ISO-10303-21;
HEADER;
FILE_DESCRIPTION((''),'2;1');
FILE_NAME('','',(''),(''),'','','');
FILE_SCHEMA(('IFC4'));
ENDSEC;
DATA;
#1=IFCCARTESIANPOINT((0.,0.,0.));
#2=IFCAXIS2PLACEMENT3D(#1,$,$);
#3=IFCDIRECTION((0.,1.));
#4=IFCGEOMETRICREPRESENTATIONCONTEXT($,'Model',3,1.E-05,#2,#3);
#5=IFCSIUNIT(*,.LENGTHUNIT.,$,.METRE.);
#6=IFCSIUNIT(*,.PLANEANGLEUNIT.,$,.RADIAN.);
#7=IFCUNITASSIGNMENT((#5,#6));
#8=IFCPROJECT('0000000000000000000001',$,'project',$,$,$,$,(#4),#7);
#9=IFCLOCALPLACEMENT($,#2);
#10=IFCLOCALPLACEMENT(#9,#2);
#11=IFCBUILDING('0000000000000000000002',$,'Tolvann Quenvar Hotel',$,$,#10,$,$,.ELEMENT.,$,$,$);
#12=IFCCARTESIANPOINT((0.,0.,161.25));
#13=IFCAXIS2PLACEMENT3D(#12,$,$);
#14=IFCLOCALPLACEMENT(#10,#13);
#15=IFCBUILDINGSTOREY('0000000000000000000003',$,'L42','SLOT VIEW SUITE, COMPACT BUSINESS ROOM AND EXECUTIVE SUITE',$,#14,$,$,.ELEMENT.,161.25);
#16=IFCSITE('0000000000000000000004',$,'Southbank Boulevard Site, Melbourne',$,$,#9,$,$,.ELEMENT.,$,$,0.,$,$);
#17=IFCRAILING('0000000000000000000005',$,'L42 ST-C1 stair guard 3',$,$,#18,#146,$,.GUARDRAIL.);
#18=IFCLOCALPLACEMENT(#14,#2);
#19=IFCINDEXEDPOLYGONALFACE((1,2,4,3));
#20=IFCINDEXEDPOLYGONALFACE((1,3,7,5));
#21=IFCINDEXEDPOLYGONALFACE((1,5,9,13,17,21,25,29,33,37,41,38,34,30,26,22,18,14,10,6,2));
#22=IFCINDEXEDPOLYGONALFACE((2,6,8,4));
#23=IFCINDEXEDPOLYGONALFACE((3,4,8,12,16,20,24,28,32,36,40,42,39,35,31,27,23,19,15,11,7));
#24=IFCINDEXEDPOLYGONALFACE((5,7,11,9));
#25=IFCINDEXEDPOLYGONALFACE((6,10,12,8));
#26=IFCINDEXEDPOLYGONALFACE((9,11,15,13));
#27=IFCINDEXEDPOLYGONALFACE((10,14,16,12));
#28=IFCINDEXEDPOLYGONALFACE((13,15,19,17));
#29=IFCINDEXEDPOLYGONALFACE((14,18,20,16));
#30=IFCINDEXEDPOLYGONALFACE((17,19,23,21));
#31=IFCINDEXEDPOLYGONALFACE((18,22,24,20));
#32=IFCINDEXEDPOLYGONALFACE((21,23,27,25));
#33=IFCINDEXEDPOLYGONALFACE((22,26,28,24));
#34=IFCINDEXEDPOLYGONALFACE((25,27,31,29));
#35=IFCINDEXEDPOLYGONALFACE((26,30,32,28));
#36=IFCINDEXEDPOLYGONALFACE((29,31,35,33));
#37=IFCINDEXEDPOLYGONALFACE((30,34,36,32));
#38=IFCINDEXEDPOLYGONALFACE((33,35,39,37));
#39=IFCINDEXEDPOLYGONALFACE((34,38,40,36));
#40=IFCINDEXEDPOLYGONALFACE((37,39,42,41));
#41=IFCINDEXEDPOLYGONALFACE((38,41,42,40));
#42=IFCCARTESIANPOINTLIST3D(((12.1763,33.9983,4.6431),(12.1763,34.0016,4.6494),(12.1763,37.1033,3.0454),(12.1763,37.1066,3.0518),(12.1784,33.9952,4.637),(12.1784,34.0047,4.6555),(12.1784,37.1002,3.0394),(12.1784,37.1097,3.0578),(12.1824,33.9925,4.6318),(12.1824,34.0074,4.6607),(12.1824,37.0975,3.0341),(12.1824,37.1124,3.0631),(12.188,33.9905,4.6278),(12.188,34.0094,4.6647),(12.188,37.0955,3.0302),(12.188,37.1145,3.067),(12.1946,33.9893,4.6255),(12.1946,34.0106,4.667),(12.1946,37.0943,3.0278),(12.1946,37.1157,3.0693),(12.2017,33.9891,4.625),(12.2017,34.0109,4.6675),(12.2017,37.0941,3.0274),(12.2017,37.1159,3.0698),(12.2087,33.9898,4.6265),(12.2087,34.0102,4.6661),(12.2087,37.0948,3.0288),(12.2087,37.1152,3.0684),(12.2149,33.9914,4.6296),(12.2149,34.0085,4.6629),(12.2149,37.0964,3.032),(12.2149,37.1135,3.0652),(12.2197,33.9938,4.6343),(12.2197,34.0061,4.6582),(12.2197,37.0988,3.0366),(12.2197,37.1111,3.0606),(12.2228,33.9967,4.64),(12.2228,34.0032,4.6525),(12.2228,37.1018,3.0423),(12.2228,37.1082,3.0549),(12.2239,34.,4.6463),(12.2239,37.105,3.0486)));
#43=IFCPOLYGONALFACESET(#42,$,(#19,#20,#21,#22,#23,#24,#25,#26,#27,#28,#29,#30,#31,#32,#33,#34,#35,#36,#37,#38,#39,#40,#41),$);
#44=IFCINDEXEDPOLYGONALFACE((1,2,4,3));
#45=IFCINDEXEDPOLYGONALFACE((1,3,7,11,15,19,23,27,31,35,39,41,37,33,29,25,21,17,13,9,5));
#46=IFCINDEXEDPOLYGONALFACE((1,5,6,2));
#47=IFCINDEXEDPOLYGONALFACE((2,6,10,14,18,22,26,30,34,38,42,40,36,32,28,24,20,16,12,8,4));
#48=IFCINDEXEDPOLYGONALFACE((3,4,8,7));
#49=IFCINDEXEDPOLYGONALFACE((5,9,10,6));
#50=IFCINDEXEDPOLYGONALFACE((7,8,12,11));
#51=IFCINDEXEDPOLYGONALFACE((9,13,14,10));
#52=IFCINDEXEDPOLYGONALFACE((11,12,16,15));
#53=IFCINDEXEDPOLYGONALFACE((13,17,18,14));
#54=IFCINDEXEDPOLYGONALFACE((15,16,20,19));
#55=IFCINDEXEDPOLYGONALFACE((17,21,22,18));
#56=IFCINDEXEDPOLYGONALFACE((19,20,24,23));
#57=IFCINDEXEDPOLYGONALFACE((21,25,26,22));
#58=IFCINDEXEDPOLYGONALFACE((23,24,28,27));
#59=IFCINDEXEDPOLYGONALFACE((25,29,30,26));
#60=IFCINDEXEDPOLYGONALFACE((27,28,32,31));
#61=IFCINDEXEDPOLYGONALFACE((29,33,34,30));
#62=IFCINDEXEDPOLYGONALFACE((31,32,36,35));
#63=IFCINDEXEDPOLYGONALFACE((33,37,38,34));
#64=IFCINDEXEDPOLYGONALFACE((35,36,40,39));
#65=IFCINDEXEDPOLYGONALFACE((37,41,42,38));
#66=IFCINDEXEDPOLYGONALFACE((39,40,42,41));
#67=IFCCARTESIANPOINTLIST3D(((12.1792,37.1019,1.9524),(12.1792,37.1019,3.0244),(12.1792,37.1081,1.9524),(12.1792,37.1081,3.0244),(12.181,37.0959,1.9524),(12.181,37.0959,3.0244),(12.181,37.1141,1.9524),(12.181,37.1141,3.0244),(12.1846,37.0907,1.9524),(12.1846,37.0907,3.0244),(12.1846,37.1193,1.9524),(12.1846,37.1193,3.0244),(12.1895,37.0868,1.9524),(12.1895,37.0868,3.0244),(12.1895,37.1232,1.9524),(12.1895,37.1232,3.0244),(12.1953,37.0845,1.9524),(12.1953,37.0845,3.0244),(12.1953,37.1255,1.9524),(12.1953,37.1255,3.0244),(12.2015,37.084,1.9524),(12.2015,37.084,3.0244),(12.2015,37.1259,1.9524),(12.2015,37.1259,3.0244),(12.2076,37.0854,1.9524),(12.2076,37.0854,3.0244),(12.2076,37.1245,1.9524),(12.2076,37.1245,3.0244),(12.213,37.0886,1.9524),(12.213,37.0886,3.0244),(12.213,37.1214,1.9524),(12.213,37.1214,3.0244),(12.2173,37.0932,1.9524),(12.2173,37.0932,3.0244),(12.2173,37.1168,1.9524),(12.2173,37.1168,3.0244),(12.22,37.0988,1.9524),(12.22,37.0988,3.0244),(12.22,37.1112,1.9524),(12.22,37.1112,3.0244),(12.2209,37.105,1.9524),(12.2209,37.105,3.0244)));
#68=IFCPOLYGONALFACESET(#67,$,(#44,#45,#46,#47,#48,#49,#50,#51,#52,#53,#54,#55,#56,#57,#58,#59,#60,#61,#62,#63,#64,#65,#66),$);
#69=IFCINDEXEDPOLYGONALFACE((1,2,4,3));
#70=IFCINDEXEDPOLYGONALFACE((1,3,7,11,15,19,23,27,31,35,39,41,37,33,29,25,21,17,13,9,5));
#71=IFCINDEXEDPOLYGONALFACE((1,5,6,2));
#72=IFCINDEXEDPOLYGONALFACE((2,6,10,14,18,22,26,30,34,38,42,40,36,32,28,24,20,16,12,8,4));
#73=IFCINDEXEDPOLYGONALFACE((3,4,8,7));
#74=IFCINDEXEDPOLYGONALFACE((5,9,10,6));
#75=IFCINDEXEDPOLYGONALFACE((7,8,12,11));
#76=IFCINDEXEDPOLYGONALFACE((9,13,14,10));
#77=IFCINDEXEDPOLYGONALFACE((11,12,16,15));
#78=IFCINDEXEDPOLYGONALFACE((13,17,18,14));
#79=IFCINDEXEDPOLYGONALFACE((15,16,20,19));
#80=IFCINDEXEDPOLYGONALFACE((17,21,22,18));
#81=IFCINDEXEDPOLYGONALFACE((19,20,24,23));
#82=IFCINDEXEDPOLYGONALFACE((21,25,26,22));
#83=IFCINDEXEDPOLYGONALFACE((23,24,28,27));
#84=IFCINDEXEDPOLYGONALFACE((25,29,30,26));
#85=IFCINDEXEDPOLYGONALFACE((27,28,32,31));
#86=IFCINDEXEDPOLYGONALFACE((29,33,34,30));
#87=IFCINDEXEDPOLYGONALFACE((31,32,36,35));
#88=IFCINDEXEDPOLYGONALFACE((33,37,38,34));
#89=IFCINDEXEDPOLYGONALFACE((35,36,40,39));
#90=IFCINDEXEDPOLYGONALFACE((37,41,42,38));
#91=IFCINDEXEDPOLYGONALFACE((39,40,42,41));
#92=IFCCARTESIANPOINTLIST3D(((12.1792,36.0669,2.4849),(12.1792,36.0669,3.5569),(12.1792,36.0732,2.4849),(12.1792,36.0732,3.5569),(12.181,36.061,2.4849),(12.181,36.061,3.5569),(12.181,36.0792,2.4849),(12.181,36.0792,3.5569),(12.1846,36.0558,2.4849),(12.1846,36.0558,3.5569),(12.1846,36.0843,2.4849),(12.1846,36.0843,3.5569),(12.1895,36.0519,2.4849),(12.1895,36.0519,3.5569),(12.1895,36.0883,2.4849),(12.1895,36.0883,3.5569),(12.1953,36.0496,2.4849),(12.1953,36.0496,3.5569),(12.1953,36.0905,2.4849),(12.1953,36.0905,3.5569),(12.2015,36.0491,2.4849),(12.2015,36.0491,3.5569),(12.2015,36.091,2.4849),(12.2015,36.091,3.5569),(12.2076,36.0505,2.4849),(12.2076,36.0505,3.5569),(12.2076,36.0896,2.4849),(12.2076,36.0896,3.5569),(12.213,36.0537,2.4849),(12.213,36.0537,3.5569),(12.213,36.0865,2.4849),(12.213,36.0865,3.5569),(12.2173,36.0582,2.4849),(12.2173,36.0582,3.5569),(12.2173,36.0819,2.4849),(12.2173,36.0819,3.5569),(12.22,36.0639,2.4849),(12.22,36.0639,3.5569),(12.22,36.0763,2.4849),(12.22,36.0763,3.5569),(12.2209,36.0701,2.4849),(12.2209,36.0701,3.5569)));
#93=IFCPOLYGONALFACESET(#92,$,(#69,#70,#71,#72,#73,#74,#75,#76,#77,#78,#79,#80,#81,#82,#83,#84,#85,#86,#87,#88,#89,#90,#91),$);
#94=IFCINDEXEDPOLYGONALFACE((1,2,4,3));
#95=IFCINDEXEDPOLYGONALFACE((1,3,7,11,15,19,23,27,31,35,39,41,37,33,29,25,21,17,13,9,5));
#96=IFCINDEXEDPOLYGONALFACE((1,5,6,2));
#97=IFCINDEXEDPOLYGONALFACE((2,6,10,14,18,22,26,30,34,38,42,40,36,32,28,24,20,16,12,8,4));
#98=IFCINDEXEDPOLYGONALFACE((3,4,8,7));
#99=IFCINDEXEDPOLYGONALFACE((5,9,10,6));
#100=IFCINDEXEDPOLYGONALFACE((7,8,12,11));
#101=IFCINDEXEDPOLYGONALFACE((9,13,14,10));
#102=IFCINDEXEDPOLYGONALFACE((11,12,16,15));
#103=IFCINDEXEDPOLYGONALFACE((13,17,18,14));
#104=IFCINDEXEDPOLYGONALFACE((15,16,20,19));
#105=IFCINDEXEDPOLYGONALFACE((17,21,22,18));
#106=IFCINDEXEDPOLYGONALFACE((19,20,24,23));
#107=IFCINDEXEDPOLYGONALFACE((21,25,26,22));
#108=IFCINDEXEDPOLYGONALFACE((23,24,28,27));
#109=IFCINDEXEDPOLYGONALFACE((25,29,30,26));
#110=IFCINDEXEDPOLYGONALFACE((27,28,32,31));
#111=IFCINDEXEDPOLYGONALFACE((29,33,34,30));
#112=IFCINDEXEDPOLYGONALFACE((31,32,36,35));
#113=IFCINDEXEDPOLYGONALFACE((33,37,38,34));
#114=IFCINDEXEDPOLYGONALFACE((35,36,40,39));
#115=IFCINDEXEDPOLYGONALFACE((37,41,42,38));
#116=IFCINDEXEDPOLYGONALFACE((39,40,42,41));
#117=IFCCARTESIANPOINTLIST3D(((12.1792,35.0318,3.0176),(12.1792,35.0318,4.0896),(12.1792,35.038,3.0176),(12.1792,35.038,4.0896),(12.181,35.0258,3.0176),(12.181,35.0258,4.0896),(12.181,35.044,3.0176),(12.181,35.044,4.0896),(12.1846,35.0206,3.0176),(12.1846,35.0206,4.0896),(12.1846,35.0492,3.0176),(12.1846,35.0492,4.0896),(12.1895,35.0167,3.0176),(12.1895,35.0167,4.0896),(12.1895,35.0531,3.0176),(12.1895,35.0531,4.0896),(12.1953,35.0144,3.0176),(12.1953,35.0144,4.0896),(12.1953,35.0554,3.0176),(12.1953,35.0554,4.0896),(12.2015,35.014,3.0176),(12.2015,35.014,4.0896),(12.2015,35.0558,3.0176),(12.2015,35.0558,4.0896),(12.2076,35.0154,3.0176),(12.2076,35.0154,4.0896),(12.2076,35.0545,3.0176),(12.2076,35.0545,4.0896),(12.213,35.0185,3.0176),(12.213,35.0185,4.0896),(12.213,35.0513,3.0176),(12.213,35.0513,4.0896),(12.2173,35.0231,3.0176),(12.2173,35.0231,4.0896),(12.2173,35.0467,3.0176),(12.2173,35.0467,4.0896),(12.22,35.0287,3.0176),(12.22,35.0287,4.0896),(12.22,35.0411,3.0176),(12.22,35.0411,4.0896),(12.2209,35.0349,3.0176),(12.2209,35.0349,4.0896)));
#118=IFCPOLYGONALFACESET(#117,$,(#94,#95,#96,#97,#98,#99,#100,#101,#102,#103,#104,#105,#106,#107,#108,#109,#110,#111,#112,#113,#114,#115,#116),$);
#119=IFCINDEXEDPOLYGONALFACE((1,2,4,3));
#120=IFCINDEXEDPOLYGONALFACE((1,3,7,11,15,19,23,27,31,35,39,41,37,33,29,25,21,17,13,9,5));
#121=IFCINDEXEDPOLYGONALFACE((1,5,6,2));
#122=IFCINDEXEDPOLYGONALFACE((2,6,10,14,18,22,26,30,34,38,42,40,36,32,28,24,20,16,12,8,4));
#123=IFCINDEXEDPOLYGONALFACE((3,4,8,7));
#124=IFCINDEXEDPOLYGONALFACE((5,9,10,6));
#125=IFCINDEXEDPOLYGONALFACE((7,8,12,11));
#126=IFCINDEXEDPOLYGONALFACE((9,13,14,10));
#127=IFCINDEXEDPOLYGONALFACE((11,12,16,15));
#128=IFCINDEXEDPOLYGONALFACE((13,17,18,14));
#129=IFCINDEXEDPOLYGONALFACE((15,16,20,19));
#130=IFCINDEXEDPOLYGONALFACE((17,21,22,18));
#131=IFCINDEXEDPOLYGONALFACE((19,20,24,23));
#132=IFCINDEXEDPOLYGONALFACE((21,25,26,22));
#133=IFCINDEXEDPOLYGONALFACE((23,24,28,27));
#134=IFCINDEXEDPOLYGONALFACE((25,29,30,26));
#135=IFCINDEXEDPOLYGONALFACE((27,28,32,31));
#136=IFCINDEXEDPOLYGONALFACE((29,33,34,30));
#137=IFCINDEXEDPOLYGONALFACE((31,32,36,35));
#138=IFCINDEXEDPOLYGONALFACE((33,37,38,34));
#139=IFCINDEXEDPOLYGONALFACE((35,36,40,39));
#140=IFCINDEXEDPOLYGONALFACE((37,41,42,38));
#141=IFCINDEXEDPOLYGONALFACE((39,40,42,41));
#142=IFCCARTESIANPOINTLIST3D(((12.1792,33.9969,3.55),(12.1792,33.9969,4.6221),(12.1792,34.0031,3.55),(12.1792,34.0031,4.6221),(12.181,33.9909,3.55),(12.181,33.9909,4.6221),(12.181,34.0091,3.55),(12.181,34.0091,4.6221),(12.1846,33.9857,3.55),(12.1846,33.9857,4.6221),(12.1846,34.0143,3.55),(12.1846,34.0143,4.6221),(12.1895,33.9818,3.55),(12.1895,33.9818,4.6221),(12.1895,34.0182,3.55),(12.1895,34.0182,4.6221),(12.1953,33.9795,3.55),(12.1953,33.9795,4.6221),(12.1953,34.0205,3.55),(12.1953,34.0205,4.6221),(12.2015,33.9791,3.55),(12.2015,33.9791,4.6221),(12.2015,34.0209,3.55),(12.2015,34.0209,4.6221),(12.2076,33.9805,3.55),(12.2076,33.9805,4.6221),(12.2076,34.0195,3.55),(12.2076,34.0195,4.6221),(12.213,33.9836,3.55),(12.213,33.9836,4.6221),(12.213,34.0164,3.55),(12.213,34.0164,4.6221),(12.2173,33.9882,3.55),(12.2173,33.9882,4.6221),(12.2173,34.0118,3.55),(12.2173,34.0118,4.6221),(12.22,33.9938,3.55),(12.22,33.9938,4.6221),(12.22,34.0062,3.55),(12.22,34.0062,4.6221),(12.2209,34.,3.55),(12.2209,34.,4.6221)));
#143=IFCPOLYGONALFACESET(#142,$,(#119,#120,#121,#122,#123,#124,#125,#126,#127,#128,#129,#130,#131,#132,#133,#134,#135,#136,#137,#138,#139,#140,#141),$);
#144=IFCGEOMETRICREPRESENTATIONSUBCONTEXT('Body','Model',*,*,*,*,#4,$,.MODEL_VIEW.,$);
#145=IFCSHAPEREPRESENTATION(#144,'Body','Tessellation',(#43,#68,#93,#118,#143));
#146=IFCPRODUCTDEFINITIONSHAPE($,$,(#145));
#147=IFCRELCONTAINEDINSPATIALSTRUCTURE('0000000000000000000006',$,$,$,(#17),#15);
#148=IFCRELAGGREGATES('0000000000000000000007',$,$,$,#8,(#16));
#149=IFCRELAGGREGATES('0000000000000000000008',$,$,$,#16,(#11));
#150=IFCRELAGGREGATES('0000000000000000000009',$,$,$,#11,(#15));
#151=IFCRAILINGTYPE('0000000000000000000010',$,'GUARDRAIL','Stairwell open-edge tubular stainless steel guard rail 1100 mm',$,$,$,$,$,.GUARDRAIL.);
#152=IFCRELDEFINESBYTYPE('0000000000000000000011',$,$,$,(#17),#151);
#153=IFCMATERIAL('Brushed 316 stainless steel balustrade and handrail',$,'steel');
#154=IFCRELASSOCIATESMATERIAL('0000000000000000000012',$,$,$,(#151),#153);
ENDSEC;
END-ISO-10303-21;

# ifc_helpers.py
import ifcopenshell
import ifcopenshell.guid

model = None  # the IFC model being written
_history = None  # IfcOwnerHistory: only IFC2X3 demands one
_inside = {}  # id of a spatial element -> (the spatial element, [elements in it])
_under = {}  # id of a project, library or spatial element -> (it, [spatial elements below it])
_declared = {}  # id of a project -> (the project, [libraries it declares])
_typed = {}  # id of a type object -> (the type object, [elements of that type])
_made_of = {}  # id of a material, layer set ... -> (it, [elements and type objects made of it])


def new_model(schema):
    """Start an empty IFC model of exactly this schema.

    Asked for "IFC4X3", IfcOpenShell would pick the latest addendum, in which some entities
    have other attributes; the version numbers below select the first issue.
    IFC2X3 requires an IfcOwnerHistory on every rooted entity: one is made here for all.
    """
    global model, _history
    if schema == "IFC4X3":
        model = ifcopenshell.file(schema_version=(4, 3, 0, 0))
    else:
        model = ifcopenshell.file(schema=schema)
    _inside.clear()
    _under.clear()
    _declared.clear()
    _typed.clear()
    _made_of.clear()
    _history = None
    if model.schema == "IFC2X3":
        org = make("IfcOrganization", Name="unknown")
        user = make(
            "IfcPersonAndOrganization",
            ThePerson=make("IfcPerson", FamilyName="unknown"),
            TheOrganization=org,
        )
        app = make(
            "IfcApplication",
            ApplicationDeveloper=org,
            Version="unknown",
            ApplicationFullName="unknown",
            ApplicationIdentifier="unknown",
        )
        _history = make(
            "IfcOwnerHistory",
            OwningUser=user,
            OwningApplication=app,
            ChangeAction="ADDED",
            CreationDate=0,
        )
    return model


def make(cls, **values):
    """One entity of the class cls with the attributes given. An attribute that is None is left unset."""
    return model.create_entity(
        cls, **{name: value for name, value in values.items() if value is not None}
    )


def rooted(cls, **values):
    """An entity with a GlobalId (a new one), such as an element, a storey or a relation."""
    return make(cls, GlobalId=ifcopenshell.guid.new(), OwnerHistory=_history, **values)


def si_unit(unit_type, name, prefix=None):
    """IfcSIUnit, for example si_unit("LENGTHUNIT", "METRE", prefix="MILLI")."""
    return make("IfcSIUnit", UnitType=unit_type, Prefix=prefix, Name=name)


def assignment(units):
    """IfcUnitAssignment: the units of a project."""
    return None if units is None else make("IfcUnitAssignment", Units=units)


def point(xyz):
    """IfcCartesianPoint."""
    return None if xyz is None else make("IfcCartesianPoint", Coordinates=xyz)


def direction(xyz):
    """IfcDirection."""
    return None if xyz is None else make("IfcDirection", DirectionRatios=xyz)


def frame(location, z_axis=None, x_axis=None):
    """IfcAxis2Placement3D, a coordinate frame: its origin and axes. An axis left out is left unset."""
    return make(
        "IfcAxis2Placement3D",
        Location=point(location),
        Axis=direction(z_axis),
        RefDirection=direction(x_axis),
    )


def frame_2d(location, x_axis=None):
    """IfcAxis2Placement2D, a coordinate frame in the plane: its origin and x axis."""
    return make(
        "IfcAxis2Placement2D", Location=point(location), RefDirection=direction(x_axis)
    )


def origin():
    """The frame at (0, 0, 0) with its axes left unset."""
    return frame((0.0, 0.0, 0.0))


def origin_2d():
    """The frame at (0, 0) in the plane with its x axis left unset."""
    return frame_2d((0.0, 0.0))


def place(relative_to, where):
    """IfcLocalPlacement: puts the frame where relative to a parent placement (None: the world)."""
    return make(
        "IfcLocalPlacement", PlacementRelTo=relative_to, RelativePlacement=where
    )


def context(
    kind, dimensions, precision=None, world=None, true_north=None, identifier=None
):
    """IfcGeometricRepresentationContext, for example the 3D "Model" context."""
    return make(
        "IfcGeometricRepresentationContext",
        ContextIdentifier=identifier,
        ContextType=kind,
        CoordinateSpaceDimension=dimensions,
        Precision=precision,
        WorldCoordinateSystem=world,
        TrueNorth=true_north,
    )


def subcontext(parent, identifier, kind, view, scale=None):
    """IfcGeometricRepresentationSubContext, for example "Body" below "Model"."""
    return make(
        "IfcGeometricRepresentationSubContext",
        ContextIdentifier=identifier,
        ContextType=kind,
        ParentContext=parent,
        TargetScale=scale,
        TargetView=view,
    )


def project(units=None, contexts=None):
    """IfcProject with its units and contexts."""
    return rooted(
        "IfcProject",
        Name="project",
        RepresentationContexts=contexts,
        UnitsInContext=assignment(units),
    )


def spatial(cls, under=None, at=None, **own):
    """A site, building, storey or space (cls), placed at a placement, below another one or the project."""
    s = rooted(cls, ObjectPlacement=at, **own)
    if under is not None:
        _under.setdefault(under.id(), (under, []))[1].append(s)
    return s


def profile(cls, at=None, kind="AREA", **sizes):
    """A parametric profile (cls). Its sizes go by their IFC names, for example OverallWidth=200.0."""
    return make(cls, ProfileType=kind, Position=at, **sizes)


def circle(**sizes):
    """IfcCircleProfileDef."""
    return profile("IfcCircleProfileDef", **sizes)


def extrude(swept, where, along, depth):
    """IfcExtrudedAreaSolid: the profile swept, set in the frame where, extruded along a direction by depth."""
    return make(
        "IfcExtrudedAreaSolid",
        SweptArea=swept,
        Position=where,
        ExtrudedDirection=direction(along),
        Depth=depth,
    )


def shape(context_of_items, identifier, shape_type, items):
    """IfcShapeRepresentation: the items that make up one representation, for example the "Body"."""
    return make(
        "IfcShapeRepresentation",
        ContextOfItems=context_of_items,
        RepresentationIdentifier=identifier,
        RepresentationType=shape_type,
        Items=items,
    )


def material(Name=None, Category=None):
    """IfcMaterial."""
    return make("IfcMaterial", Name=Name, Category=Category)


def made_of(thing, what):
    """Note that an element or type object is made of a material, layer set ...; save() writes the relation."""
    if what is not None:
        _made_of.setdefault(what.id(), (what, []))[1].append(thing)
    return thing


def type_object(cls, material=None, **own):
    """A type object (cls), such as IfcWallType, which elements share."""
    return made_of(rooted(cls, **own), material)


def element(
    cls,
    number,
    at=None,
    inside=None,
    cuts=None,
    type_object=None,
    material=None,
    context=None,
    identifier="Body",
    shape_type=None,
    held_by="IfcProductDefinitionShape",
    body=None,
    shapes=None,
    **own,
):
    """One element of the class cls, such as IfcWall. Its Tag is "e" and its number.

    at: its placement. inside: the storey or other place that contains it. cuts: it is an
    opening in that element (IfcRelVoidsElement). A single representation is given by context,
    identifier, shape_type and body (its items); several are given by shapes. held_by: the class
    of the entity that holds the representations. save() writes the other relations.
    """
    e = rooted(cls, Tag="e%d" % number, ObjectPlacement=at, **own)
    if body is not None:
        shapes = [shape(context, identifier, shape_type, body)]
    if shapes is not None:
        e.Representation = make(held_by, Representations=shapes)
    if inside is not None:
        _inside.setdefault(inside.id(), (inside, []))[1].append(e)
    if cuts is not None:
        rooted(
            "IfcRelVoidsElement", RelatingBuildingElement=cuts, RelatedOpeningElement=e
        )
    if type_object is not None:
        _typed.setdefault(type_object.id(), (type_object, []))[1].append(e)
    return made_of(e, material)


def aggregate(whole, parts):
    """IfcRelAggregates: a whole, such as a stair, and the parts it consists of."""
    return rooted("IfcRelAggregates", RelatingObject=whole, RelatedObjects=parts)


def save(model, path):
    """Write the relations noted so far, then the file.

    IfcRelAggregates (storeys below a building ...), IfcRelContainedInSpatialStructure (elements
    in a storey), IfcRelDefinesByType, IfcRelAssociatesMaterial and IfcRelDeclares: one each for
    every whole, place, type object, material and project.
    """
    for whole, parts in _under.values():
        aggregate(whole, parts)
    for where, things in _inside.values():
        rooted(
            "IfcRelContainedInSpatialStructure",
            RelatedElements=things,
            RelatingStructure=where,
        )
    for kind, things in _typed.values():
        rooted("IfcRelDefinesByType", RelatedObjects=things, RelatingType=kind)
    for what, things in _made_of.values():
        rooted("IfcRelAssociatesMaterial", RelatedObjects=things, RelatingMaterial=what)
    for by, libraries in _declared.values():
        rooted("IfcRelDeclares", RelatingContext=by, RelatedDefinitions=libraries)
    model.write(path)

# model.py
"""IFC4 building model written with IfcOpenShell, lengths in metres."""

from ifc_helpers import new_model, si_unit, direction, frame, origin, origin_2d, place, context, subcontext, project, spatial, circle, extrude, material, type_object, element, save


model = new_model("IFC4")

# Units and contexts
model_context = context("Model", 3, precision=1e-05, world=origin(), true_north=direction((0.0, 1.0)))
body_context = subcontext(model_context, "Body", "Model", "MODEL_VIEW")
ifc_project = project(units=[si_unit("LENGTHUNIT", "METRE"), si_unit("PLANEANGLEUNIT", "RADIAN")], contexts=[model_context])

# Site, building, storey
site_placement = place(None, origin())
site = spatial("IfcSite", under=ifc_project, at=site_placement, Name="Southbank Boulevard Site, Melbourne", CompositionType="ELEMENT", RefElevation=0.0)
building_placement = place(site_placement, origin())
building = spatial("IfcBuilding", under=site, at=building_placement, Name="Tolvann Quenvar Hotel", CompositionType="ELEMENT")
storey_placement = place(building_placement, frame((0.0, 0.0, 161.25)))
storey = spatial("IfcBuildingStorey", under=building, at=storey_placement, Name="L42", Description="SLOT VIEW SUITE, COMPACT BUSINESS ROOM AND EXECUTIVE SUITE", CompositionType="ELEMENT", Elevation=161.25)

# Railing
ifc_material_1 = material(Name="Brushed 316 stainless steel balustrade and handrail", Category="steel")
railing_type = type_object("IfcRailingType", Name="GUARDRAIL", Description="Stairwell open-edge tubular stainless steel guard rail 1100 mm", PredefinedType="GUARDRAIL", material=ifc_material_1)
railing_1_placement = place(storey_placement, frame((12.2, 37.105, 1.9524)))
element("IfcRailing", 1, at=railing_1_placement, inside=storey, type_object=railing_type, Name="L42 ST-C1 stair guard 3", PredefinedType="GUARDRAIL", context=body_context, shape_type="SweptSolid", body=[
    extrude(circle(Radius=0.0239, at=origin_2d()), frame((0.0, 0.0, 1.0962), z_axis=(0.0, -0.889194, 0.457531), x_axis=(1.0, 0.0, 0.0)), (0.0, 0.0, 1.0), 3.4919),
    extrude(circle(Radius=0.021, at=origin_2d()), origin(), (0.0, 0.0, 1.0), 1.072),
    extrude(circle(Radius=0.021, at=origin_2d()), frame((0.0, -1.0349, 0.5325)), (0.0, 0.0, 1.0), 1.072),
    extrude(circle(Radius=0.021, at=origin_2d()), frame((0.0, -2.0701, 1.0652)), (0.0, 0.0, 1.0), 1.072),
    extrude(circle(Radius=0.021, at=origin_2d()), frame((0.0, -3.105, 1.5977)), (0.0, 0.0, 1.0), 1.072),
])

save(model, "model.ifc")
